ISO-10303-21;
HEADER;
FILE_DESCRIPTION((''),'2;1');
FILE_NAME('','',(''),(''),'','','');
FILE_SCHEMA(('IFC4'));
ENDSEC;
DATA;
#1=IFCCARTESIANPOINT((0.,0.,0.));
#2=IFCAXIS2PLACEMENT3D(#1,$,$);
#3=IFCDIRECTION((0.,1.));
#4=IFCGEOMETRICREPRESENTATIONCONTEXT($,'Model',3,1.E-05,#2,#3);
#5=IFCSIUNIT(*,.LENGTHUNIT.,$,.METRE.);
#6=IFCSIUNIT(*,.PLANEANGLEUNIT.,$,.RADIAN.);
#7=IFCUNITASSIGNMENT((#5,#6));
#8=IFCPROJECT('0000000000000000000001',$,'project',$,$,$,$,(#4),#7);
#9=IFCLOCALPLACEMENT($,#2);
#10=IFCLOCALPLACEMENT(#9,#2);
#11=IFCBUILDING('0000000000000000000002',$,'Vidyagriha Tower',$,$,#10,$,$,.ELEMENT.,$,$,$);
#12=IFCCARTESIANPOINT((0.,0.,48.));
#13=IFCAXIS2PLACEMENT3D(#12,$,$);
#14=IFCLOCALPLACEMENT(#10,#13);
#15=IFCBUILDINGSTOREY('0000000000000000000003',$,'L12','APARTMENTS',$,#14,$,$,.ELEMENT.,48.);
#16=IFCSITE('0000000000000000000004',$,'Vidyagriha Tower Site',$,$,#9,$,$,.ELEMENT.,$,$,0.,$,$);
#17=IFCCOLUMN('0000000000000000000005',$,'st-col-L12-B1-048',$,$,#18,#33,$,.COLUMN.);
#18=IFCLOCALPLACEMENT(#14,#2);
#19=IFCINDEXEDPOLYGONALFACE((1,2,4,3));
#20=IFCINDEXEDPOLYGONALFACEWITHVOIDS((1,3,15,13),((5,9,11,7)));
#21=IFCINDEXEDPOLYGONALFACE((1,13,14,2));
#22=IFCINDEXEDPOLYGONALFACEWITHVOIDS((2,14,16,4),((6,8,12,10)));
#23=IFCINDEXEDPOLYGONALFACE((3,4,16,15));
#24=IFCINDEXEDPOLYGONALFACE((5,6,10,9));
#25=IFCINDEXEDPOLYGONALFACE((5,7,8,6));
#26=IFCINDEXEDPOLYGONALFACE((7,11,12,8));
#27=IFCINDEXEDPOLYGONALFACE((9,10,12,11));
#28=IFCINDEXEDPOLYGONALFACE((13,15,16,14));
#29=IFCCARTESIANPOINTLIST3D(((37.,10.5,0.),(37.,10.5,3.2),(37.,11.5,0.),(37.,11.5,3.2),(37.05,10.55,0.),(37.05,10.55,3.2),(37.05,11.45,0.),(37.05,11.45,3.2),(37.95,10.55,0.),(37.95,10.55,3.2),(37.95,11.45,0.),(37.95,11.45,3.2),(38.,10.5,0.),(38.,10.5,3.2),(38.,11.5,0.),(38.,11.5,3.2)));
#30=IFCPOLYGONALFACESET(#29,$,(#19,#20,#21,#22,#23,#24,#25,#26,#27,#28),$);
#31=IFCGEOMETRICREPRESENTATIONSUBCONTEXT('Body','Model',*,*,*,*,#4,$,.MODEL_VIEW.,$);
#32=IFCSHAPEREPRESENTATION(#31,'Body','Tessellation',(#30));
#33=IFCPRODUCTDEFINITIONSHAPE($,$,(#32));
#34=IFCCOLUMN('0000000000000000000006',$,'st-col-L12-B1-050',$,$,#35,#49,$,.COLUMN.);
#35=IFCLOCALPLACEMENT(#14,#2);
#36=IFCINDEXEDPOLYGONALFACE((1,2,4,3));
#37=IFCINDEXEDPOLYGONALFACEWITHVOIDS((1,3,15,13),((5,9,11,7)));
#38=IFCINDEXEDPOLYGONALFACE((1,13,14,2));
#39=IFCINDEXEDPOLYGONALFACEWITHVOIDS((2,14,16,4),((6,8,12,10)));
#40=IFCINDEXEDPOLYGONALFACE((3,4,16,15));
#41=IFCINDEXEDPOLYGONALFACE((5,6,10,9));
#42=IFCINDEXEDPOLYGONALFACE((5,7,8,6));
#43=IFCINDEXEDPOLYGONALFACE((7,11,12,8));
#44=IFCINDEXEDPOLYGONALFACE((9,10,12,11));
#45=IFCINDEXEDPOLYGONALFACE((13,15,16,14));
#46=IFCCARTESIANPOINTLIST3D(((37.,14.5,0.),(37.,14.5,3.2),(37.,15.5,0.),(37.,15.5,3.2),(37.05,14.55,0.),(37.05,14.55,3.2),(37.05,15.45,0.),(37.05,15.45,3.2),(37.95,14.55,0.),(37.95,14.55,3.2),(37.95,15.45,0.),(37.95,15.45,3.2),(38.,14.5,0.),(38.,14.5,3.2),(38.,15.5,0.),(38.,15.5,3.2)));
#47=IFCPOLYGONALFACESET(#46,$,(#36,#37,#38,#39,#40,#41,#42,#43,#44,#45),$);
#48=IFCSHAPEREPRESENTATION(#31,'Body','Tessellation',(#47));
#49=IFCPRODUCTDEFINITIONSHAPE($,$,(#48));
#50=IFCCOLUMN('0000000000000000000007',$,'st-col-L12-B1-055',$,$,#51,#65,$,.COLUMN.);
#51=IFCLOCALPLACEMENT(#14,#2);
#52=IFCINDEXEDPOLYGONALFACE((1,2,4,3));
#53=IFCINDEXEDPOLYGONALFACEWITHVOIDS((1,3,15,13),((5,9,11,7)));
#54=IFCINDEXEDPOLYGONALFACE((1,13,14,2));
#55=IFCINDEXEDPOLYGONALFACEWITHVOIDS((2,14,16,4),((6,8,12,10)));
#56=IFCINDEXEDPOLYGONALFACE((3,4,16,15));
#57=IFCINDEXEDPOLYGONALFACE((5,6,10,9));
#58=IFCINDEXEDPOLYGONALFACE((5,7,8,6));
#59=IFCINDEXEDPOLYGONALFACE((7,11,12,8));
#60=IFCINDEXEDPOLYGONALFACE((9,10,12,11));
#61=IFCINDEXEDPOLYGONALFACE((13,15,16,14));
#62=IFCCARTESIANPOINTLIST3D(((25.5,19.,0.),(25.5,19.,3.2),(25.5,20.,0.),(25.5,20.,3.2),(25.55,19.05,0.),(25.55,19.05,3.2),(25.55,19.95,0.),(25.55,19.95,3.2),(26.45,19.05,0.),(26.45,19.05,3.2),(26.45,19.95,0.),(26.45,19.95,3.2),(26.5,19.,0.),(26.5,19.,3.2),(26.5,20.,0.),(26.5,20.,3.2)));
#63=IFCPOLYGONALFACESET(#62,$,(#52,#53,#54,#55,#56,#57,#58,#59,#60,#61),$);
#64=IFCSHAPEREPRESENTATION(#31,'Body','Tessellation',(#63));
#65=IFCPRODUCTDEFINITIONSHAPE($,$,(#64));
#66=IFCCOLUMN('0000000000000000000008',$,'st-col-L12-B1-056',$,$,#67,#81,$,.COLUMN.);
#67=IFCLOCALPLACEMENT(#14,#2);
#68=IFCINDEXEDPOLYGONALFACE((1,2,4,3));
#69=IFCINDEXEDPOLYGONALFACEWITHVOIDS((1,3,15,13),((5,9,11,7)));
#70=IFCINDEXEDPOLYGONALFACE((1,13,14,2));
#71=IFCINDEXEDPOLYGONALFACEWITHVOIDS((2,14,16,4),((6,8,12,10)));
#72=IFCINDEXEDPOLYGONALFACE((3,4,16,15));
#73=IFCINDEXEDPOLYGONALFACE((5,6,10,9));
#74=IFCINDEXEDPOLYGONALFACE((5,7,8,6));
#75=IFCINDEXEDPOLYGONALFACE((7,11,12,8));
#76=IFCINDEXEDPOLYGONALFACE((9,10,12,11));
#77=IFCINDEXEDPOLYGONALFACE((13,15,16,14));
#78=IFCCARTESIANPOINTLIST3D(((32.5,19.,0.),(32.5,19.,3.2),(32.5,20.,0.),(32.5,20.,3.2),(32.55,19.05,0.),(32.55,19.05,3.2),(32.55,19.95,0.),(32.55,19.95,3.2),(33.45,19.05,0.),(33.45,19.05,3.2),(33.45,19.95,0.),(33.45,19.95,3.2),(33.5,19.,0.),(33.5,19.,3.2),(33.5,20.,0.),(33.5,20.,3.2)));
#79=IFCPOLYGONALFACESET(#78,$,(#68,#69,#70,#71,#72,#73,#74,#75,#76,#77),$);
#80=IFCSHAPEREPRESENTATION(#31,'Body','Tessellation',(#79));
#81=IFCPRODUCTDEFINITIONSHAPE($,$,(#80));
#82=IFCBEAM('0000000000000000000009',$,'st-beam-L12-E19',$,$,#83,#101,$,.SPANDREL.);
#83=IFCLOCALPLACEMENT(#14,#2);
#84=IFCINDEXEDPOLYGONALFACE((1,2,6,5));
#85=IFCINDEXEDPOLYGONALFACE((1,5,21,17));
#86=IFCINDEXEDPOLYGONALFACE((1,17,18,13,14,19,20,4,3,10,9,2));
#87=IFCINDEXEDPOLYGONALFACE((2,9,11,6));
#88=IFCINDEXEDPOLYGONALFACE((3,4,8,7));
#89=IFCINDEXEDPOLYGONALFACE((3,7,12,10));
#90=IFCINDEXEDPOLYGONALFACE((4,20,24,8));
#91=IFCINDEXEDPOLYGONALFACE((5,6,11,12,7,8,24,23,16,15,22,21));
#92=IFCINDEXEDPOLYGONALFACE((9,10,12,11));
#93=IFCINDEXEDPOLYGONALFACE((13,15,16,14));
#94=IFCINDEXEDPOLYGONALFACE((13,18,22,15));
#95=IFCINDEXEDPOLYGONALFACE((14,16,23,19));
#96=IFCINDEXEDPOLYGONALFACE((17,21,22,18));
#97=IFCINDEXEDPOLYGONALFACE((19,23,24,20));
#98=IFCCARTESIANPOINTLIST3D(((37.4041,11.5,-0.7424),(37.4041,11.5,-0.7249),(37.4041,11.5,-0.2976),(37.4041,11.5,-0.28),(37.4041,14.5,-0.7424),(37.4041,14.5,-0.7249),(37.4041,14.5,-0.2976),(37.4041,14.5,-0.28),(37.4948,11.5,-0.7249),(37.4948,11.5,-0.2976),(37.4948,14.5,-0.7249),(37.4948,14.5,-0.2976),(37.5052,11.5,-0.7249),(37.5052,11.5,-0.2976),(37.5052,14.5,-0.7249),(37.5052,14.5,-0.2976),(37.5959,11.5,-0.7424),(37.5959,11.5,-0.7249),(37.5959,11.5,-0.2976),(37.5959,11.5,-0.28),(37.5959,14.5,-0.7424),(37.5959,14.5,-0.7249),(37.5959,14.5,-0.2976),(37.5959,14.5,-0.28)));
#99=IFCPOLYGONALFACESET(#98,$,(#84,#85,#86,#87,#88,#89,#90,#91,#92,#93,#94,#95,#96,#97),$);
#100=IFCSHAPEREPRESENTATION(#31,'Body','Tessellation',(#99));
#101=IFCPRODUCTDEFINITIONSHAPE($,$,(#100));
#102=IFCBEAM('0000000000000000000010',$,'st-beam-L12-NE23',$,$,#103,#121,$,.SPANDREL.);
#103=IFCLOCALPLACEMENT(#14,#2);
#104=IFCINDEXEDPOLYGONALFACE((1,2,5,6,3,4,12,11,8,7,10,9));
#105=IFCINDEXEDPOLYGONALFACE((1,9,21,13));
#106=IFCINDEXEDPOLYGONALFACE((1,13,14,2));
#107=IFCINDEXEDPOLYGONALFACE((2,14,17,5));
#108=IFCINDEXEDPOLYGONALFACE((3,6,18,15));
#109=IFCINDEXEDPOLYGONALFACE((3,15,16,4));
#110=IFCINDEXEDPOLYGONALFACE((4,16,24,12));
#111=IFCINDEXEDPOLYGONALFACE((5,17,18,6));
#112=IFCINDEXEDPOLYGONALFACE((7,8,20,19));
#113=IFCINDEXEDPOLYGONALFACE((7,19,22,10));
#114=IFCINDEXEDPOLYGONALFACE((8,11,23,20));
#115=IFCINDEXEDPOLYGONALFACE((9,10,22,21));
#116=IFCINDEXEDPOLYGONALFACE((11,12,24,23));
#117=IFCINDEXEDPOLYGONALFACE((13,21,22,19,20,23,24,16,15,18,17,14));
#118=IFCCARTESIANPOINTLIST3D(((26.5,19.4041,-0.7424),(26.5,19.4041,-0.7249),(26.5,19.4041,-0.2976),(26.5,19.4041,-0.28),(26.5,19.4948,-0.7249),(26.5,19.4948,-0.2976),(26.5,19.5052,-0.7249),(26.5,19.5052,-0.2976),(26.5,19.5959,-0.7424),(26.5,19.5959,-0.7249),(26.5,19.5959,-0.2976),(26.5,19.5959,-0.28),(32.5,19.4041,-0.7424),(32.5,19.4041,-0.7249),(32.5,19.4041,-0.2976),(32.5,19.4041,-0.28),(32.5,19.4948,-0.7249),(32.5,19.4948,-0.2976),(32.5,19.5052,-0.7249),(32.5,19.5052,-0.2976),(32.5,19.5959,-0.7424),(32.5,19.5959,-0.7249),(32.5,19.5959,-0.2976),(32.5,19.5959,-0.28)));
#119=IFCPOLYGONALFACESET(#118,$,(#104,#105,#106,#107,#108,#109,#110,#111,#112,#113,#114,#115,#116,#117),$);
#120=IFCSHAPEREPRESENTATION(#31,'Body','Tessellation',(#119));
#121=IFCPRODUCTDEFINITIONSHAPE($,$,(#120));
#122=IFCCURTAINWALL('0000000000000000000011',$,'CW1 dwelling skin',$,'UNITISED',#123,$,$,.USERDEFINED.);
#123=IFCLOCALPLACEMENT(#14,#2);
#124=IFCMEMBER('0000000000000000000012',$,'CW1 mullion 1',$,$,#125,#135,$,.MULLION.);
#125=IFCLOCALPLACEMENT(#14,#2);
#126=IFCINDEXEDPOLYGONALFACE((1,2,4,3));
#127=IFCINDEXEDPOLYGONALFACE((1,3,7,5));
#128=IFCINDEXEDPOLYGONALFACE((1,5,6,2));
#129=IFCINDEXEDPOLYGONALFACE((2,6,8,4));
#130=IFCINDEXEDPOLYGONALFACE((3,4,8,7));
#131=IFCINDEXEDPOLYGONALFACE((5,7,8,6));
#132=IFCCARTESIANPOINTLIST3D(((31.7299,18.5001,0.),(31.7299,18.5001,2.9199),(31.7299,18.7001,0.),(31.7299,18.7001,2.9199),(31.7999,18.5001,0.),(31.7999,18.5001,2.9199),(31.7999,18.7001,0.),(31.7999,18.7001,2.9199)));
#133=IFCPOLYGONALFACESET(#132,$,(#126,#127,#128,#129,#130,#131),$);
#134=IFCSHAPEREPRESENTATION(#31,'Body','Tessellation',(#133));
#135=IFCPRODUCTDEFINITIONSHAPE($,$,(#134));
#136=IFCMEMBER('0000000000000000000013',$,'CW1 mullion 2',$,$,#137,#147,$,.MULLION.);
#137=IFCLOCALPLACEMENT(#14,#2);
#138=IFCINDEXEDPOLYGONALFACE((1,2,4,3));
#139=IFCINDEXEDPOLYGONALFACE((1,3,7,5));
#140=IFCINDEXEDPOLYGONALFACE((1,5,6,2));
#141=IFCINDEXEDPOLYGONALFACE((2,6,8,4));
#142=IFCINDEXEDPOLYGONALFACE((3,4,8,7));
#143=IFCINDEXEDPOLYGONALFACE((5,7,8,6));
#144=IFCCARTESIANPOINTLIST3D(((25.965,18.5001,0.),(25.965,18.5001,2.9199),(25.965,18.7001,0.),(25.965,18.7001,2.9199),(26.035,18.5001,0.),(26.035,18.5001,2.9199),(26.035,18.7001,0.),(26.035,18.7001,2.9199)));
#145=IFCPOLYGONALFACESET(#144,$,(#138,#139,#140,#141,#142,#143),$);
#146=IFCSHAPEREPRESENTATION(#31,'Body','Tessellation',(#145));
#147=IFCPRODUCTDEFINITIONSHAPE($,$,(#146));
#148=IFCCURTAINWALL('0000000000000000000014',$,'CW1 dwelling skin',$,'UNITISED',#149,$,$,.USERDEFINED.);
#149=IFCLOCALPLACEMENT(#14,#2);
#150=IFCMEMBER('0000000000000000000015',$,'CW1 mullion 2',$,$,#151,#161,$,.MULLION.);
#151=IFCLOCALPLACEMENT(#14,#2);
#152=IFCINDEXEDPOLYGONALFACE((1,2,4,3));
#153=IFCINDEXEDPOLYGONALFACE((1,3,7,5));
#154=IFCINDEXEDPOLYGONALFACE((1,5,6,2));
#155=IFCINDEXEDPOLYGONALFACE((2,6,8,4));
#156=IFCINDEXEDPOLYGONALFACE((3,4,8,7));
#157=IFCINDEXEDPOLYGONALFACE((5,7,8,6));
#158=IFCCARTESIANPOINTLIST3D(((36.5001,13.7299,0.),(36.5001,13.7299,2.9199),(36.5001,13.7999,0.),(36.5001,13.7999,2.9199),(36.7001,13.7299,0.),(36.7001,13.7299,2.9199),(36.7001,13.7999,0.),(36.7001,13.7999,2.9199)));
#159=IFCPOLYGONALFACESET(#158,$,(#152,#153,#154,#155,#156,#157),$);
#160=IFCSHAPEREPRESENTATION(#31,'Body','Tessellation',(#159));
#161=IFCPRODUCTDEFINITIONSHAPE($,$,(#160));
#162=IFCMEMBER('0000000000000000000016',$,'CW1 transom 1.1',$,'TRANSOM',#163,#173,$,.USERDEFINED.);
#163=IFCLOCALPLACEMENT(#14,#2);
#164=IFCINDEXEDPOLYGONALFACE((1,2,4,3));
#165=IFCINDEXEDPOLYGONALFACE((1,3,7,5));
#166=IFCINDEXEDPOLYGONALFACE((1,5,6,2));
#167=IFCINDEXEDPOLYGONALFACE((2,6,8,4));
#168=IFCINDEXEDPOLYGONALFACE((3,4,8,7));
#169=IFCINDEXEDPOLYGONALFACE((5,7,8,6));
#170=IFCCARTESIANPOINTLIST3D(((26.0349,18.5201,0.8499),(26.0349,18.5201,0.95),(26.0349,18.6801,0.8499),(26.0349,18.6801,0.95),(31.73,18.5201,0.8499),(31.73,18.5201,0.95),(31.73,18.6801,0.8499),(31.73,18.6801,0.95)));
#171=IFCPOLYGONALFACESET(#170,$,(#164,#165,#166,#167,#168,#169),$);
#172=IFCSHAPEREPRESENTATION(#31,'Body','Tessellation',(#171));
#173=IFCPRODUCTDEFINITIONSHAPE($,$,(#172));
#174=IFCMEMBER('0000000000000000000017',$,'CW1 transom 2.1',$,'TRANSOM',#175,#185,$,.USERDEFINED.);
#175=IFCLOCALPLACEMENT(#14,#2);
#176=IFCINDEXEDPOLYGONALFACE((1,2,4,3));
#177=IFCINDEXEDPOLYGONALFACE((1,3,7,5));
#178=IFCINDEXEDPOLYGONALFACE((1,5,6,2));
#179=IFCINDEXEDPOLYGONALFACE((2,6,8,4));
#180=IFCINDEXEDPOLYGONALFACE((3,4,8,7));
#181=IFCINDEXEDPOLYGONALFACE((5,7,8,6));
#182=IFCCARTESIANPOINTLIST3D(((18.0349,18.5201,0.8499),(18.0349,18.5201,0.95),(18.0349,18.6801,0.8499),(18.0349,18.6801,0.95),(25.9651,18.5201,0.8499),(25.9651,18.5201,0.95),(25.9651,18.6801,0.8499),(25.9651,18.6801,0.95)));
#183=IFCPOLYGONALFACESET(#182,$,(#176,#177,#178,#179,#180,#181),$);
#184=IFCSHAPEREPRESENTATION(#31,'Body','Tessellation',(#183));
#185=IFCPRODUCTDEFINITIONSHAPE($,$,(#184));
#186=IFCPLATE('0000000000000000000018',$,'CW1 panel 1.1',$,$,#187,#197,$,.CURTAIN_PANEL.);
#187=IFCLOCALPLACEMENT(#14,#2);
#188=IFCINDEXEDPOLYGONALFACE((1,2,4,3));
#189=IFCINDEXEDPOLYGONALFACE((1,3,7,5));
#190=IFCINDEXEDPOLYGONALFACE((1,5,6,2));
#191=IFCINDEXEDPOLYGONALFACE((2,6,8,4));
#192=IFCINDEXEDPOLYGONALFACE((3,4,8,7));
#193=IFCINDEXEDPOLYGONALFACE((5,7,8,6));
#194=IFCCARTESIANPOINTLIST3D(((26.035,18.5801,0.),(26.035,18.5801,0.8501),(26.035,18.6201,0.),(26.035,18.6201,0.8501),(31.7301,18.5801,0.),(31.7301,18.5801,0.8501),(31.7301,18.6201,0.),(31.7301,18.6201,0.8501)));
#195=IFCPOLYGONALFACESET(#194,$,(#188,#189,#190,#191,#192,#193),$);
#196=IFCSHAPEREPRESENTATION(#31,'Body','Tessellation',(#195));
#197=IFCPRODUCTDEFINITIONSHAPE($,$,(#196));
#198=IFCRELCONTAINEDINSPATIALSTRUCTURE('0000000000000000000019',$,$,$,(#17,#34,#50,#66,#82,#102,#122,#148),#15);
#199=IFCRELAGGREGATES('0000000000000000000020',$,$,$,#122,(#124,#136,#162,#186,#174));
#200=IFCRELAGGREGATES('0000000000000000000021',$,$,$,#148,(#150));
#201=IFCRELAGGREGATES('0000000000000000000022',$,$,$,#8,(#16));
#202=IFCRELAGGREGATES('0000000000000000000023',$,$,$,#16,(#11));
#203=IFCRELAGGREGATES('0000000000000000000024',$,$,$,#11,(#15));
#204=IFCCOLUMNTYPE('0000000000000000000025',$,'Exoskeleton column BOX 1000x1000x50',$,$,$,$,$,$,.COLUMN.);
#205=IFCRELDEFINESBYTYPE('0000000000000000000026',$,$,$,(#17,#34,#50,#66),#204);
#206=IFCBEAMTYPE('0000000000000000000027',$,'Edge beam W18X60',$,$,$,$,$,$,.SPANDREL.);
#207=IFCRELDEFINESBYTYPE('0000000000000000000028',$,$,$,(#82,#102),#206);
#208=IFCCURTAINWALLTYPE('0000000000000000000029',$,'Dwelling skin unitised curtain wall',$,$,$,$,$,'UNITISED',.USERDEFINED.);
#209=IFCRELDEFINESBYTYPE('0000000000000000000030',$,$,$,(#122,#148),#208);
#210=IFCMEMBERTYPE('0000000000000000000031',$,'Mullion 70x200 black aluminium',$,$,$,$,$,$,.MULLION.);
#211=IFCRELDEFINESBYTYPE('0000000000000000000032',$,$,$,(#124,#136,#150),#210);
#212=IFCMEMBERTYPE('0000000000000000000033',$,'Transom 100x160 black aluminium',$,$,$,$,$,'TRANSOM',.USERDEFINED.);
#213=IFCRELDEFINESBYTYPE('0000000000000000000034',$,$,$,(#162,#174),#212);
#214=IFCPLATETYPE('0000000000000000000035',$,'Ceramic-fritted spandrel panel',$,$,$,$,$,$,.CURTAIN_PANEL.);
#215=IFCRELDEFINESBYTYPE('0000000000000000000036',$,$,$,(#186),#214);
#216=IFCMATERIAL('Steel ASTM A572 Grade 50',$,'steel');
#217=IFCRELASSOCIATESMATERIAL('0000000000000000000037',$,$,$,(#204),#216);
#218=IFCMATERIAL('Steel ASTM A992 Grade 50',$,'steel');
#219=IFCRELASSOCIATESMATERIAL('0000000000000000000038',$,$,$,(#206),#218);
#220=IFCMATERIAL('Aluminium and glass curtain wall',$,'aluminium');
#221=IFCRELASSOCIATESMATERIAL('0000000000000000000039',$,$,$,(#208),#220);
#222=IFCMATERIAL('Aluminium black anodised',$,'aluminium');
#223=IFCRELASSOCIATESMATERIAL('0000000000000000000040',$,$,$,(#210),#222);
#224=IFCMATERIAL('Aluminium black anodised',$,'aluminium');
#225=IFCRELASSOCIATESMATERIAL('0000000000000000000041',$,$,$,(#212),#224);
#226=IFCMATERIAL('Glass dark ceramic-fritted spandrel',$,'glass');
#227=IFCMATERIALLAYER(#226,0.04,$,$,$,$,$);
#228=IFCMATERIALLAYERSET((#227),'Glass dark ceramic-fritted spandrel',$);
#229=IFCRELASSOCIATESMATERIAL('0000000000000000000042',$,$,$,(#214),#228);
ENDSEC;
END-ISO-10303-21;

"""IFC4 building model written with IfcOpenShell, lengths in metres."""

from ifc_helpers import new_model, si_unit, direction, frame, origin, origin_2d, place, context, subcontext, project, spatial, rectangle, hollow_rectangle, i_section, extrude, material, layer, layer_set, material_profile, profile_set, type_object, element, aggregate, save


model = new_model("IFC4")

# Units and contexts
model_context = context("Model", 3, precision=1e-05, world=origin(), true_north=direction((0.0, 1.0)))
body_context = subcontext(model_context, "Body", "Model", "MODEL_VIEW")
ifc_project = project(units=[si_unit("LENGTHUNIT", "METRE"), si_unit("PLANEANGLEUNIT", "RADIAN")], contexts=[model_context])

# Site, building, storey
site_placement = place(None, origin())
site = spatial("IfcSite", under=ifc_project, at=site_placement, Name="Vidyagriha Tower Site", CompositionType="ELEMENT", RefElevation=0.0)
building_placement = place(site_placement, origin())
building = spatial("IfcBuilding", under=site, at=building_placement, Name="Vidyagriha Tower", CompositionType="ELEMENT")
storey_placement = place(building_placement, frame((0.0, 0.0, 48.0)))
storey = spatial("IfcBuildingStorey", under=building, at=storey_placement, Name="L12", Description="APARTMENTS", CompositionType="ELEMENT", Elevation=48.0)

# Columns
ifc_material_1 = material(Name="Steel ASTM A572 Grade 50", Category="steel")
ifc_material_profile_1 = material_profile(ifc_material_1, hollow_rectangle(XDim=1.0, YDim=1.0, WallThickness=0.05, at=origin_2d()), Name="BOX 1000x1000x50")
ifc_profile_set_1 = profile_set([ifc_material_profile_1], Name="Steel ASTM A572 Grade 50")
column_type = type_object("IfcColumnType", Name="Exoskeleton column BOX 1000x1000x50", PredefinedType="COLUMN", material=ifc_profile_set_1)
for number, where, name in (
    (1, (37.5, 11.0, 0.0), "st-col-L12-B1-048"),
    (2, (37.5, 15.0, 0.0), "st-col-L12-B1-050"),
    (3, (26.0, 19.5, 0.0), "st-col-L12-B1-055"),
    (4, (33.0, 19.5, 0.0), "st-col-L12-B1-056"),
):
    element("IfcColumn", number, at=place(storey_placement, frame(where)), inside=storey, type_object=column_type, Name=name, PredefinedType="COLUMN", context=body_context, shape_type="SweptSolid", body=[
        extrude(hollow_rectangle(XDim=1.0, YDim=1.0, WallThickness=0.05, at=origin_2d()), origin(), (0.0, 0.0, 1.0), 3.2),
    ])

# Beams
ifc_material_2 = material(Name="Steel ASTM A992 Grade 50", Category="steel")
ifc_material_profile_2 = material_profile(ifc_material_2, i_section(OverallWidth=0.1919, OverallDepth=0.4624, WebThickness=0.0105, FlangeThickness=0.0176, at=origin_2d()), Name="W18X60")
ifc_profile_set_2 = profile_set([ifc_material_profile_2], Name="Steel ASTM A992 Grade 50")
beam_type = type_object("IfcBeamType", Name="Edge beam W18X60", PredefinedType="SPANDREL", material=ifc_profile_set_2)
beam_1_placement = place(storey_placement, frame((37.5, 11.5, -0.5112), z_axis=(0.0, 1.0, 0.0), x_axis=(-1.0, 0.0, 0.0)))
element("IfcBeam", 5, at=beam_1_placement, inside=storey, type_object=beam_type, Name="st-beam-L12-E19", PredefinedType="SPANDREL", context=body_context, shape_type="SweptSolid", body=[
    extrude(i_section(OverallWidth=0.1919, OverallDepth=0.4624, WebThickness=0.0105, FlangeThickness=0.0176, at=origin_2d()), origin(), (0.0, 0.0, 1.0), 3.0),
])
beam_2_placement = place(storey_placement, frame((26.5, 19.5, -0.5112), z_axis=(1.0, 0.0, 0.0), x_axis=(0.0, 1.0, 0.0)))
element("IfcBeam", 6, at=beam_2_placement, inside=storey, type_object=beam_type, Name="st-beam-L12-NE23", PredefinedType="SPANDREL", context=body_context, shape_type="SweptSolid", body=[
    extrude(i_section(OverallWidth=0.1919, OverallDepth=0.4624, WebThickness=0.0105, FlangeThickness=0.0176, at=origin_2d()), origin(), (0.0, 0.0, 1.0), 6.0),
])

# Curtain wall, members
ifc_material_3 = material(Name="Aluminium and glass curtain wall", Category="aluminium")
curtain_wall_type = type_object("IfcCurtainWallType", Name="Dwelling skin unitised curtain wall", ElementType="UNITISED", PredefinedType="USERDEFINED", material=ifc_material_3)
curtain_wall_1_placement = place(storey_placement, origin())
curtain_wall_1 = element("IfcCurtainWall", 7, at=curtain_wall_1_placement, inside=storey, type_object=curtain_wall_type, Name="CW1 dwelling skin", ObjectType="UNITISED", PredefinedType="USERDEFINED")
ifc_material_4 = material(Name="Aluminium black anodised", Category="aluminium")
ifc_material_profile_3 = material_profile(ifc_material_4, rectangle(XDim=0.2, YDim=0.0701, at=origin_2d()), Name="Mullion 70x200 black aluminium")
ifc_profile_set_3 = profile_set([ifc_material_profile_3], Name="Aluminium black anodised")
member_type_1 = type_object("IfcMemberType", Name="Mullion 70x200 black aluminium", PredefinedType="MULLION", material=ifc_profile_set_3)
member_1_placement = place(storey_placement, frame((31.7649, 18.6001, 0.0), z_axis=(0.0, 0.0, 1.0), x_axis=(0.0, -1.0, 0.0)))
member_1 = element("IfcMember", 8, at=member_1_placement, type_object=member_type_1, Name="CW1 mullion 1", PredefinedType="MULLION", context=body_context, shape_type="SweptSolid", body=[
    extrude(rectangle(XDim=0.2, YDim=0.0701, at=origin_2d()), origin(), (0.0, 0.0, 1.0), 2.9199),
])
member_2_placement = place(storey_placement, frame((26.0, 18.6001, 0.0), z_axis=(0.0, 0.0, 1.0), x_axis=(0.0, -1.0, 0.0)))
member_2 = element("IfcMember", 9, at=member_2_placement, type_object=member_type_1, Name="CW1 mullion 2", PredefinedType="MULLION", context=body_context, shape_type="SweptSolid", body=[
    extrude(rectangle(XDim=0.2, YDim=0.0701, at=origin_2d()), origin(), (0.0, 0.0, 1.0), 2.9199),
])

# Curtain wall, member
curtain_wall_2_placement = place(storey_placement, origin())
curtain_wall_2 = element("IfcCurtainWall", 10, at=curtain_wall_2_placement, inside=storey, type_object=curtain_wall_type, Name="CW1 dwelling skin", ObjectType="UNITISED", PredefinedType="USERDEFINED")
member_3_placement = place(storey_placement, frame((36.6001, 13.7649, 0.0), z_axis=(0.0, 0.0, 1.0), x_axis=(-1.0, 0.0, 0.0)))
member_3 = element("IfcMember", 11, at=member_3_placement, type_object=member_type_1, Name="CW1 mullion 2", PredefinedType="MULLION", context=body_context, shape_type="SweptSolid", body=[
    extrude(rectangle(XDim=0.2, YDim=0.0701, at=origin_2d()), origin(), (0.0, 0.0, 1.0), 2.9199),
])

# Members
ifc_material_5 = material(Name="Aluminium black anodised", Category="aluminium")
ifc_material_profile_4 = material_profile(ifc_material_5, rectangle(XDim=0.1599, YDim=0.1001, at=origin_2d()), Name="Transom 100x160 black aluminium")
ifc_profile_set_4 = profile_set([ifc_material_profile_4], Name="Aluminium black anodised")
member_type_2 = type_object("IfcMemberType", Name="Transom 100x160 black aluminium", ElementType="TRANSOM", PredefinedType="USERDEFINED", material=ifc_profile_set_4)
member_4_placement = place(storey_placement, frame((31.73, 18.6001, 0.8999), z_axis=(-1.0, 0.0, 0.0), x_axis=(0.0, -1.0, 0.0)))
member_4 = element("IfcMember", 12, at=member_4_placement, type_object=member_type_2, Name="CW1 transom 1.1", ObjectType="TRANSOM", PredefinedType="USERDEFINED", context=body_context, shape_type="SweptSolid", body=[
    extrude(rectangle(XDim=0.1599, YDim=0.1001, at=origin_2d()), origin(), (0.0, 0.0, 1.0), 5.6951),
])
member_5_placement = place(storey_placement, frame((25.9651, 18.6001, 0.8999), z_axis=(-1.0, 0.0, 0.0), x_axis=(0.0, -1.0, 0.0)))
member_5 = element("IfcMember", 13, at=member_5_placement, type_object=member_type_2, Name="CW1 transom 2.1", ObjectType="TRANSOM", PredefinedType="USERDEFINED", context=body_context, shape_type="SweptSolid", body=[
    extrude(rectangle(XDim=0.1599, YDim=0.1001, at=origin_2d()), origin(), (0.0, 0.0, 1.0), 7.9302),
])

# Plate
ifc_material_6 = material(Name="Glass dark ceramic-fritted spandrel", Category="glass")
ifc_layer_1 = layer(ifc_material_6, 0.04)
ifc_layer_set_1 = layer_set([ifc_layer_1], Name="Glass dark ceramic-fritted spandrel")
plate_type_1 = type_object("IfcPlateType", Name="Ceramic-fritted spandrel panel", PredefinedType="CURTAIN_PANEL", material=ifc_layer_set_1)
plate_1_placement = place(storey_placement, frame((28.8826, 18.6001, 0.0), z_axis=(0.0, 0.0, 1.0), x_axis=(-1.0, 0.0, 0.0)))
plate_1 = element("IfcPlate", 14, at=plate_1_placement, type_object=plate_type_1, Name="CW1 panel 1.1", PredefinedType="CURTAIN_PANEL", context=body_context, shape_type="SweptSolid", body=[
    extrude(rectangle(XDim=5.6951, YDim=0.04, at=origin_2d()), origin(), (0.0, 0.0, 1.0), 0.8501),
])
aggregate(curtain_wall_1, [member_1, member_2, member_4, plate_1, member_5])
aggregate(curtain_wall_2, [member_3])

save(model, "model.ifc")
